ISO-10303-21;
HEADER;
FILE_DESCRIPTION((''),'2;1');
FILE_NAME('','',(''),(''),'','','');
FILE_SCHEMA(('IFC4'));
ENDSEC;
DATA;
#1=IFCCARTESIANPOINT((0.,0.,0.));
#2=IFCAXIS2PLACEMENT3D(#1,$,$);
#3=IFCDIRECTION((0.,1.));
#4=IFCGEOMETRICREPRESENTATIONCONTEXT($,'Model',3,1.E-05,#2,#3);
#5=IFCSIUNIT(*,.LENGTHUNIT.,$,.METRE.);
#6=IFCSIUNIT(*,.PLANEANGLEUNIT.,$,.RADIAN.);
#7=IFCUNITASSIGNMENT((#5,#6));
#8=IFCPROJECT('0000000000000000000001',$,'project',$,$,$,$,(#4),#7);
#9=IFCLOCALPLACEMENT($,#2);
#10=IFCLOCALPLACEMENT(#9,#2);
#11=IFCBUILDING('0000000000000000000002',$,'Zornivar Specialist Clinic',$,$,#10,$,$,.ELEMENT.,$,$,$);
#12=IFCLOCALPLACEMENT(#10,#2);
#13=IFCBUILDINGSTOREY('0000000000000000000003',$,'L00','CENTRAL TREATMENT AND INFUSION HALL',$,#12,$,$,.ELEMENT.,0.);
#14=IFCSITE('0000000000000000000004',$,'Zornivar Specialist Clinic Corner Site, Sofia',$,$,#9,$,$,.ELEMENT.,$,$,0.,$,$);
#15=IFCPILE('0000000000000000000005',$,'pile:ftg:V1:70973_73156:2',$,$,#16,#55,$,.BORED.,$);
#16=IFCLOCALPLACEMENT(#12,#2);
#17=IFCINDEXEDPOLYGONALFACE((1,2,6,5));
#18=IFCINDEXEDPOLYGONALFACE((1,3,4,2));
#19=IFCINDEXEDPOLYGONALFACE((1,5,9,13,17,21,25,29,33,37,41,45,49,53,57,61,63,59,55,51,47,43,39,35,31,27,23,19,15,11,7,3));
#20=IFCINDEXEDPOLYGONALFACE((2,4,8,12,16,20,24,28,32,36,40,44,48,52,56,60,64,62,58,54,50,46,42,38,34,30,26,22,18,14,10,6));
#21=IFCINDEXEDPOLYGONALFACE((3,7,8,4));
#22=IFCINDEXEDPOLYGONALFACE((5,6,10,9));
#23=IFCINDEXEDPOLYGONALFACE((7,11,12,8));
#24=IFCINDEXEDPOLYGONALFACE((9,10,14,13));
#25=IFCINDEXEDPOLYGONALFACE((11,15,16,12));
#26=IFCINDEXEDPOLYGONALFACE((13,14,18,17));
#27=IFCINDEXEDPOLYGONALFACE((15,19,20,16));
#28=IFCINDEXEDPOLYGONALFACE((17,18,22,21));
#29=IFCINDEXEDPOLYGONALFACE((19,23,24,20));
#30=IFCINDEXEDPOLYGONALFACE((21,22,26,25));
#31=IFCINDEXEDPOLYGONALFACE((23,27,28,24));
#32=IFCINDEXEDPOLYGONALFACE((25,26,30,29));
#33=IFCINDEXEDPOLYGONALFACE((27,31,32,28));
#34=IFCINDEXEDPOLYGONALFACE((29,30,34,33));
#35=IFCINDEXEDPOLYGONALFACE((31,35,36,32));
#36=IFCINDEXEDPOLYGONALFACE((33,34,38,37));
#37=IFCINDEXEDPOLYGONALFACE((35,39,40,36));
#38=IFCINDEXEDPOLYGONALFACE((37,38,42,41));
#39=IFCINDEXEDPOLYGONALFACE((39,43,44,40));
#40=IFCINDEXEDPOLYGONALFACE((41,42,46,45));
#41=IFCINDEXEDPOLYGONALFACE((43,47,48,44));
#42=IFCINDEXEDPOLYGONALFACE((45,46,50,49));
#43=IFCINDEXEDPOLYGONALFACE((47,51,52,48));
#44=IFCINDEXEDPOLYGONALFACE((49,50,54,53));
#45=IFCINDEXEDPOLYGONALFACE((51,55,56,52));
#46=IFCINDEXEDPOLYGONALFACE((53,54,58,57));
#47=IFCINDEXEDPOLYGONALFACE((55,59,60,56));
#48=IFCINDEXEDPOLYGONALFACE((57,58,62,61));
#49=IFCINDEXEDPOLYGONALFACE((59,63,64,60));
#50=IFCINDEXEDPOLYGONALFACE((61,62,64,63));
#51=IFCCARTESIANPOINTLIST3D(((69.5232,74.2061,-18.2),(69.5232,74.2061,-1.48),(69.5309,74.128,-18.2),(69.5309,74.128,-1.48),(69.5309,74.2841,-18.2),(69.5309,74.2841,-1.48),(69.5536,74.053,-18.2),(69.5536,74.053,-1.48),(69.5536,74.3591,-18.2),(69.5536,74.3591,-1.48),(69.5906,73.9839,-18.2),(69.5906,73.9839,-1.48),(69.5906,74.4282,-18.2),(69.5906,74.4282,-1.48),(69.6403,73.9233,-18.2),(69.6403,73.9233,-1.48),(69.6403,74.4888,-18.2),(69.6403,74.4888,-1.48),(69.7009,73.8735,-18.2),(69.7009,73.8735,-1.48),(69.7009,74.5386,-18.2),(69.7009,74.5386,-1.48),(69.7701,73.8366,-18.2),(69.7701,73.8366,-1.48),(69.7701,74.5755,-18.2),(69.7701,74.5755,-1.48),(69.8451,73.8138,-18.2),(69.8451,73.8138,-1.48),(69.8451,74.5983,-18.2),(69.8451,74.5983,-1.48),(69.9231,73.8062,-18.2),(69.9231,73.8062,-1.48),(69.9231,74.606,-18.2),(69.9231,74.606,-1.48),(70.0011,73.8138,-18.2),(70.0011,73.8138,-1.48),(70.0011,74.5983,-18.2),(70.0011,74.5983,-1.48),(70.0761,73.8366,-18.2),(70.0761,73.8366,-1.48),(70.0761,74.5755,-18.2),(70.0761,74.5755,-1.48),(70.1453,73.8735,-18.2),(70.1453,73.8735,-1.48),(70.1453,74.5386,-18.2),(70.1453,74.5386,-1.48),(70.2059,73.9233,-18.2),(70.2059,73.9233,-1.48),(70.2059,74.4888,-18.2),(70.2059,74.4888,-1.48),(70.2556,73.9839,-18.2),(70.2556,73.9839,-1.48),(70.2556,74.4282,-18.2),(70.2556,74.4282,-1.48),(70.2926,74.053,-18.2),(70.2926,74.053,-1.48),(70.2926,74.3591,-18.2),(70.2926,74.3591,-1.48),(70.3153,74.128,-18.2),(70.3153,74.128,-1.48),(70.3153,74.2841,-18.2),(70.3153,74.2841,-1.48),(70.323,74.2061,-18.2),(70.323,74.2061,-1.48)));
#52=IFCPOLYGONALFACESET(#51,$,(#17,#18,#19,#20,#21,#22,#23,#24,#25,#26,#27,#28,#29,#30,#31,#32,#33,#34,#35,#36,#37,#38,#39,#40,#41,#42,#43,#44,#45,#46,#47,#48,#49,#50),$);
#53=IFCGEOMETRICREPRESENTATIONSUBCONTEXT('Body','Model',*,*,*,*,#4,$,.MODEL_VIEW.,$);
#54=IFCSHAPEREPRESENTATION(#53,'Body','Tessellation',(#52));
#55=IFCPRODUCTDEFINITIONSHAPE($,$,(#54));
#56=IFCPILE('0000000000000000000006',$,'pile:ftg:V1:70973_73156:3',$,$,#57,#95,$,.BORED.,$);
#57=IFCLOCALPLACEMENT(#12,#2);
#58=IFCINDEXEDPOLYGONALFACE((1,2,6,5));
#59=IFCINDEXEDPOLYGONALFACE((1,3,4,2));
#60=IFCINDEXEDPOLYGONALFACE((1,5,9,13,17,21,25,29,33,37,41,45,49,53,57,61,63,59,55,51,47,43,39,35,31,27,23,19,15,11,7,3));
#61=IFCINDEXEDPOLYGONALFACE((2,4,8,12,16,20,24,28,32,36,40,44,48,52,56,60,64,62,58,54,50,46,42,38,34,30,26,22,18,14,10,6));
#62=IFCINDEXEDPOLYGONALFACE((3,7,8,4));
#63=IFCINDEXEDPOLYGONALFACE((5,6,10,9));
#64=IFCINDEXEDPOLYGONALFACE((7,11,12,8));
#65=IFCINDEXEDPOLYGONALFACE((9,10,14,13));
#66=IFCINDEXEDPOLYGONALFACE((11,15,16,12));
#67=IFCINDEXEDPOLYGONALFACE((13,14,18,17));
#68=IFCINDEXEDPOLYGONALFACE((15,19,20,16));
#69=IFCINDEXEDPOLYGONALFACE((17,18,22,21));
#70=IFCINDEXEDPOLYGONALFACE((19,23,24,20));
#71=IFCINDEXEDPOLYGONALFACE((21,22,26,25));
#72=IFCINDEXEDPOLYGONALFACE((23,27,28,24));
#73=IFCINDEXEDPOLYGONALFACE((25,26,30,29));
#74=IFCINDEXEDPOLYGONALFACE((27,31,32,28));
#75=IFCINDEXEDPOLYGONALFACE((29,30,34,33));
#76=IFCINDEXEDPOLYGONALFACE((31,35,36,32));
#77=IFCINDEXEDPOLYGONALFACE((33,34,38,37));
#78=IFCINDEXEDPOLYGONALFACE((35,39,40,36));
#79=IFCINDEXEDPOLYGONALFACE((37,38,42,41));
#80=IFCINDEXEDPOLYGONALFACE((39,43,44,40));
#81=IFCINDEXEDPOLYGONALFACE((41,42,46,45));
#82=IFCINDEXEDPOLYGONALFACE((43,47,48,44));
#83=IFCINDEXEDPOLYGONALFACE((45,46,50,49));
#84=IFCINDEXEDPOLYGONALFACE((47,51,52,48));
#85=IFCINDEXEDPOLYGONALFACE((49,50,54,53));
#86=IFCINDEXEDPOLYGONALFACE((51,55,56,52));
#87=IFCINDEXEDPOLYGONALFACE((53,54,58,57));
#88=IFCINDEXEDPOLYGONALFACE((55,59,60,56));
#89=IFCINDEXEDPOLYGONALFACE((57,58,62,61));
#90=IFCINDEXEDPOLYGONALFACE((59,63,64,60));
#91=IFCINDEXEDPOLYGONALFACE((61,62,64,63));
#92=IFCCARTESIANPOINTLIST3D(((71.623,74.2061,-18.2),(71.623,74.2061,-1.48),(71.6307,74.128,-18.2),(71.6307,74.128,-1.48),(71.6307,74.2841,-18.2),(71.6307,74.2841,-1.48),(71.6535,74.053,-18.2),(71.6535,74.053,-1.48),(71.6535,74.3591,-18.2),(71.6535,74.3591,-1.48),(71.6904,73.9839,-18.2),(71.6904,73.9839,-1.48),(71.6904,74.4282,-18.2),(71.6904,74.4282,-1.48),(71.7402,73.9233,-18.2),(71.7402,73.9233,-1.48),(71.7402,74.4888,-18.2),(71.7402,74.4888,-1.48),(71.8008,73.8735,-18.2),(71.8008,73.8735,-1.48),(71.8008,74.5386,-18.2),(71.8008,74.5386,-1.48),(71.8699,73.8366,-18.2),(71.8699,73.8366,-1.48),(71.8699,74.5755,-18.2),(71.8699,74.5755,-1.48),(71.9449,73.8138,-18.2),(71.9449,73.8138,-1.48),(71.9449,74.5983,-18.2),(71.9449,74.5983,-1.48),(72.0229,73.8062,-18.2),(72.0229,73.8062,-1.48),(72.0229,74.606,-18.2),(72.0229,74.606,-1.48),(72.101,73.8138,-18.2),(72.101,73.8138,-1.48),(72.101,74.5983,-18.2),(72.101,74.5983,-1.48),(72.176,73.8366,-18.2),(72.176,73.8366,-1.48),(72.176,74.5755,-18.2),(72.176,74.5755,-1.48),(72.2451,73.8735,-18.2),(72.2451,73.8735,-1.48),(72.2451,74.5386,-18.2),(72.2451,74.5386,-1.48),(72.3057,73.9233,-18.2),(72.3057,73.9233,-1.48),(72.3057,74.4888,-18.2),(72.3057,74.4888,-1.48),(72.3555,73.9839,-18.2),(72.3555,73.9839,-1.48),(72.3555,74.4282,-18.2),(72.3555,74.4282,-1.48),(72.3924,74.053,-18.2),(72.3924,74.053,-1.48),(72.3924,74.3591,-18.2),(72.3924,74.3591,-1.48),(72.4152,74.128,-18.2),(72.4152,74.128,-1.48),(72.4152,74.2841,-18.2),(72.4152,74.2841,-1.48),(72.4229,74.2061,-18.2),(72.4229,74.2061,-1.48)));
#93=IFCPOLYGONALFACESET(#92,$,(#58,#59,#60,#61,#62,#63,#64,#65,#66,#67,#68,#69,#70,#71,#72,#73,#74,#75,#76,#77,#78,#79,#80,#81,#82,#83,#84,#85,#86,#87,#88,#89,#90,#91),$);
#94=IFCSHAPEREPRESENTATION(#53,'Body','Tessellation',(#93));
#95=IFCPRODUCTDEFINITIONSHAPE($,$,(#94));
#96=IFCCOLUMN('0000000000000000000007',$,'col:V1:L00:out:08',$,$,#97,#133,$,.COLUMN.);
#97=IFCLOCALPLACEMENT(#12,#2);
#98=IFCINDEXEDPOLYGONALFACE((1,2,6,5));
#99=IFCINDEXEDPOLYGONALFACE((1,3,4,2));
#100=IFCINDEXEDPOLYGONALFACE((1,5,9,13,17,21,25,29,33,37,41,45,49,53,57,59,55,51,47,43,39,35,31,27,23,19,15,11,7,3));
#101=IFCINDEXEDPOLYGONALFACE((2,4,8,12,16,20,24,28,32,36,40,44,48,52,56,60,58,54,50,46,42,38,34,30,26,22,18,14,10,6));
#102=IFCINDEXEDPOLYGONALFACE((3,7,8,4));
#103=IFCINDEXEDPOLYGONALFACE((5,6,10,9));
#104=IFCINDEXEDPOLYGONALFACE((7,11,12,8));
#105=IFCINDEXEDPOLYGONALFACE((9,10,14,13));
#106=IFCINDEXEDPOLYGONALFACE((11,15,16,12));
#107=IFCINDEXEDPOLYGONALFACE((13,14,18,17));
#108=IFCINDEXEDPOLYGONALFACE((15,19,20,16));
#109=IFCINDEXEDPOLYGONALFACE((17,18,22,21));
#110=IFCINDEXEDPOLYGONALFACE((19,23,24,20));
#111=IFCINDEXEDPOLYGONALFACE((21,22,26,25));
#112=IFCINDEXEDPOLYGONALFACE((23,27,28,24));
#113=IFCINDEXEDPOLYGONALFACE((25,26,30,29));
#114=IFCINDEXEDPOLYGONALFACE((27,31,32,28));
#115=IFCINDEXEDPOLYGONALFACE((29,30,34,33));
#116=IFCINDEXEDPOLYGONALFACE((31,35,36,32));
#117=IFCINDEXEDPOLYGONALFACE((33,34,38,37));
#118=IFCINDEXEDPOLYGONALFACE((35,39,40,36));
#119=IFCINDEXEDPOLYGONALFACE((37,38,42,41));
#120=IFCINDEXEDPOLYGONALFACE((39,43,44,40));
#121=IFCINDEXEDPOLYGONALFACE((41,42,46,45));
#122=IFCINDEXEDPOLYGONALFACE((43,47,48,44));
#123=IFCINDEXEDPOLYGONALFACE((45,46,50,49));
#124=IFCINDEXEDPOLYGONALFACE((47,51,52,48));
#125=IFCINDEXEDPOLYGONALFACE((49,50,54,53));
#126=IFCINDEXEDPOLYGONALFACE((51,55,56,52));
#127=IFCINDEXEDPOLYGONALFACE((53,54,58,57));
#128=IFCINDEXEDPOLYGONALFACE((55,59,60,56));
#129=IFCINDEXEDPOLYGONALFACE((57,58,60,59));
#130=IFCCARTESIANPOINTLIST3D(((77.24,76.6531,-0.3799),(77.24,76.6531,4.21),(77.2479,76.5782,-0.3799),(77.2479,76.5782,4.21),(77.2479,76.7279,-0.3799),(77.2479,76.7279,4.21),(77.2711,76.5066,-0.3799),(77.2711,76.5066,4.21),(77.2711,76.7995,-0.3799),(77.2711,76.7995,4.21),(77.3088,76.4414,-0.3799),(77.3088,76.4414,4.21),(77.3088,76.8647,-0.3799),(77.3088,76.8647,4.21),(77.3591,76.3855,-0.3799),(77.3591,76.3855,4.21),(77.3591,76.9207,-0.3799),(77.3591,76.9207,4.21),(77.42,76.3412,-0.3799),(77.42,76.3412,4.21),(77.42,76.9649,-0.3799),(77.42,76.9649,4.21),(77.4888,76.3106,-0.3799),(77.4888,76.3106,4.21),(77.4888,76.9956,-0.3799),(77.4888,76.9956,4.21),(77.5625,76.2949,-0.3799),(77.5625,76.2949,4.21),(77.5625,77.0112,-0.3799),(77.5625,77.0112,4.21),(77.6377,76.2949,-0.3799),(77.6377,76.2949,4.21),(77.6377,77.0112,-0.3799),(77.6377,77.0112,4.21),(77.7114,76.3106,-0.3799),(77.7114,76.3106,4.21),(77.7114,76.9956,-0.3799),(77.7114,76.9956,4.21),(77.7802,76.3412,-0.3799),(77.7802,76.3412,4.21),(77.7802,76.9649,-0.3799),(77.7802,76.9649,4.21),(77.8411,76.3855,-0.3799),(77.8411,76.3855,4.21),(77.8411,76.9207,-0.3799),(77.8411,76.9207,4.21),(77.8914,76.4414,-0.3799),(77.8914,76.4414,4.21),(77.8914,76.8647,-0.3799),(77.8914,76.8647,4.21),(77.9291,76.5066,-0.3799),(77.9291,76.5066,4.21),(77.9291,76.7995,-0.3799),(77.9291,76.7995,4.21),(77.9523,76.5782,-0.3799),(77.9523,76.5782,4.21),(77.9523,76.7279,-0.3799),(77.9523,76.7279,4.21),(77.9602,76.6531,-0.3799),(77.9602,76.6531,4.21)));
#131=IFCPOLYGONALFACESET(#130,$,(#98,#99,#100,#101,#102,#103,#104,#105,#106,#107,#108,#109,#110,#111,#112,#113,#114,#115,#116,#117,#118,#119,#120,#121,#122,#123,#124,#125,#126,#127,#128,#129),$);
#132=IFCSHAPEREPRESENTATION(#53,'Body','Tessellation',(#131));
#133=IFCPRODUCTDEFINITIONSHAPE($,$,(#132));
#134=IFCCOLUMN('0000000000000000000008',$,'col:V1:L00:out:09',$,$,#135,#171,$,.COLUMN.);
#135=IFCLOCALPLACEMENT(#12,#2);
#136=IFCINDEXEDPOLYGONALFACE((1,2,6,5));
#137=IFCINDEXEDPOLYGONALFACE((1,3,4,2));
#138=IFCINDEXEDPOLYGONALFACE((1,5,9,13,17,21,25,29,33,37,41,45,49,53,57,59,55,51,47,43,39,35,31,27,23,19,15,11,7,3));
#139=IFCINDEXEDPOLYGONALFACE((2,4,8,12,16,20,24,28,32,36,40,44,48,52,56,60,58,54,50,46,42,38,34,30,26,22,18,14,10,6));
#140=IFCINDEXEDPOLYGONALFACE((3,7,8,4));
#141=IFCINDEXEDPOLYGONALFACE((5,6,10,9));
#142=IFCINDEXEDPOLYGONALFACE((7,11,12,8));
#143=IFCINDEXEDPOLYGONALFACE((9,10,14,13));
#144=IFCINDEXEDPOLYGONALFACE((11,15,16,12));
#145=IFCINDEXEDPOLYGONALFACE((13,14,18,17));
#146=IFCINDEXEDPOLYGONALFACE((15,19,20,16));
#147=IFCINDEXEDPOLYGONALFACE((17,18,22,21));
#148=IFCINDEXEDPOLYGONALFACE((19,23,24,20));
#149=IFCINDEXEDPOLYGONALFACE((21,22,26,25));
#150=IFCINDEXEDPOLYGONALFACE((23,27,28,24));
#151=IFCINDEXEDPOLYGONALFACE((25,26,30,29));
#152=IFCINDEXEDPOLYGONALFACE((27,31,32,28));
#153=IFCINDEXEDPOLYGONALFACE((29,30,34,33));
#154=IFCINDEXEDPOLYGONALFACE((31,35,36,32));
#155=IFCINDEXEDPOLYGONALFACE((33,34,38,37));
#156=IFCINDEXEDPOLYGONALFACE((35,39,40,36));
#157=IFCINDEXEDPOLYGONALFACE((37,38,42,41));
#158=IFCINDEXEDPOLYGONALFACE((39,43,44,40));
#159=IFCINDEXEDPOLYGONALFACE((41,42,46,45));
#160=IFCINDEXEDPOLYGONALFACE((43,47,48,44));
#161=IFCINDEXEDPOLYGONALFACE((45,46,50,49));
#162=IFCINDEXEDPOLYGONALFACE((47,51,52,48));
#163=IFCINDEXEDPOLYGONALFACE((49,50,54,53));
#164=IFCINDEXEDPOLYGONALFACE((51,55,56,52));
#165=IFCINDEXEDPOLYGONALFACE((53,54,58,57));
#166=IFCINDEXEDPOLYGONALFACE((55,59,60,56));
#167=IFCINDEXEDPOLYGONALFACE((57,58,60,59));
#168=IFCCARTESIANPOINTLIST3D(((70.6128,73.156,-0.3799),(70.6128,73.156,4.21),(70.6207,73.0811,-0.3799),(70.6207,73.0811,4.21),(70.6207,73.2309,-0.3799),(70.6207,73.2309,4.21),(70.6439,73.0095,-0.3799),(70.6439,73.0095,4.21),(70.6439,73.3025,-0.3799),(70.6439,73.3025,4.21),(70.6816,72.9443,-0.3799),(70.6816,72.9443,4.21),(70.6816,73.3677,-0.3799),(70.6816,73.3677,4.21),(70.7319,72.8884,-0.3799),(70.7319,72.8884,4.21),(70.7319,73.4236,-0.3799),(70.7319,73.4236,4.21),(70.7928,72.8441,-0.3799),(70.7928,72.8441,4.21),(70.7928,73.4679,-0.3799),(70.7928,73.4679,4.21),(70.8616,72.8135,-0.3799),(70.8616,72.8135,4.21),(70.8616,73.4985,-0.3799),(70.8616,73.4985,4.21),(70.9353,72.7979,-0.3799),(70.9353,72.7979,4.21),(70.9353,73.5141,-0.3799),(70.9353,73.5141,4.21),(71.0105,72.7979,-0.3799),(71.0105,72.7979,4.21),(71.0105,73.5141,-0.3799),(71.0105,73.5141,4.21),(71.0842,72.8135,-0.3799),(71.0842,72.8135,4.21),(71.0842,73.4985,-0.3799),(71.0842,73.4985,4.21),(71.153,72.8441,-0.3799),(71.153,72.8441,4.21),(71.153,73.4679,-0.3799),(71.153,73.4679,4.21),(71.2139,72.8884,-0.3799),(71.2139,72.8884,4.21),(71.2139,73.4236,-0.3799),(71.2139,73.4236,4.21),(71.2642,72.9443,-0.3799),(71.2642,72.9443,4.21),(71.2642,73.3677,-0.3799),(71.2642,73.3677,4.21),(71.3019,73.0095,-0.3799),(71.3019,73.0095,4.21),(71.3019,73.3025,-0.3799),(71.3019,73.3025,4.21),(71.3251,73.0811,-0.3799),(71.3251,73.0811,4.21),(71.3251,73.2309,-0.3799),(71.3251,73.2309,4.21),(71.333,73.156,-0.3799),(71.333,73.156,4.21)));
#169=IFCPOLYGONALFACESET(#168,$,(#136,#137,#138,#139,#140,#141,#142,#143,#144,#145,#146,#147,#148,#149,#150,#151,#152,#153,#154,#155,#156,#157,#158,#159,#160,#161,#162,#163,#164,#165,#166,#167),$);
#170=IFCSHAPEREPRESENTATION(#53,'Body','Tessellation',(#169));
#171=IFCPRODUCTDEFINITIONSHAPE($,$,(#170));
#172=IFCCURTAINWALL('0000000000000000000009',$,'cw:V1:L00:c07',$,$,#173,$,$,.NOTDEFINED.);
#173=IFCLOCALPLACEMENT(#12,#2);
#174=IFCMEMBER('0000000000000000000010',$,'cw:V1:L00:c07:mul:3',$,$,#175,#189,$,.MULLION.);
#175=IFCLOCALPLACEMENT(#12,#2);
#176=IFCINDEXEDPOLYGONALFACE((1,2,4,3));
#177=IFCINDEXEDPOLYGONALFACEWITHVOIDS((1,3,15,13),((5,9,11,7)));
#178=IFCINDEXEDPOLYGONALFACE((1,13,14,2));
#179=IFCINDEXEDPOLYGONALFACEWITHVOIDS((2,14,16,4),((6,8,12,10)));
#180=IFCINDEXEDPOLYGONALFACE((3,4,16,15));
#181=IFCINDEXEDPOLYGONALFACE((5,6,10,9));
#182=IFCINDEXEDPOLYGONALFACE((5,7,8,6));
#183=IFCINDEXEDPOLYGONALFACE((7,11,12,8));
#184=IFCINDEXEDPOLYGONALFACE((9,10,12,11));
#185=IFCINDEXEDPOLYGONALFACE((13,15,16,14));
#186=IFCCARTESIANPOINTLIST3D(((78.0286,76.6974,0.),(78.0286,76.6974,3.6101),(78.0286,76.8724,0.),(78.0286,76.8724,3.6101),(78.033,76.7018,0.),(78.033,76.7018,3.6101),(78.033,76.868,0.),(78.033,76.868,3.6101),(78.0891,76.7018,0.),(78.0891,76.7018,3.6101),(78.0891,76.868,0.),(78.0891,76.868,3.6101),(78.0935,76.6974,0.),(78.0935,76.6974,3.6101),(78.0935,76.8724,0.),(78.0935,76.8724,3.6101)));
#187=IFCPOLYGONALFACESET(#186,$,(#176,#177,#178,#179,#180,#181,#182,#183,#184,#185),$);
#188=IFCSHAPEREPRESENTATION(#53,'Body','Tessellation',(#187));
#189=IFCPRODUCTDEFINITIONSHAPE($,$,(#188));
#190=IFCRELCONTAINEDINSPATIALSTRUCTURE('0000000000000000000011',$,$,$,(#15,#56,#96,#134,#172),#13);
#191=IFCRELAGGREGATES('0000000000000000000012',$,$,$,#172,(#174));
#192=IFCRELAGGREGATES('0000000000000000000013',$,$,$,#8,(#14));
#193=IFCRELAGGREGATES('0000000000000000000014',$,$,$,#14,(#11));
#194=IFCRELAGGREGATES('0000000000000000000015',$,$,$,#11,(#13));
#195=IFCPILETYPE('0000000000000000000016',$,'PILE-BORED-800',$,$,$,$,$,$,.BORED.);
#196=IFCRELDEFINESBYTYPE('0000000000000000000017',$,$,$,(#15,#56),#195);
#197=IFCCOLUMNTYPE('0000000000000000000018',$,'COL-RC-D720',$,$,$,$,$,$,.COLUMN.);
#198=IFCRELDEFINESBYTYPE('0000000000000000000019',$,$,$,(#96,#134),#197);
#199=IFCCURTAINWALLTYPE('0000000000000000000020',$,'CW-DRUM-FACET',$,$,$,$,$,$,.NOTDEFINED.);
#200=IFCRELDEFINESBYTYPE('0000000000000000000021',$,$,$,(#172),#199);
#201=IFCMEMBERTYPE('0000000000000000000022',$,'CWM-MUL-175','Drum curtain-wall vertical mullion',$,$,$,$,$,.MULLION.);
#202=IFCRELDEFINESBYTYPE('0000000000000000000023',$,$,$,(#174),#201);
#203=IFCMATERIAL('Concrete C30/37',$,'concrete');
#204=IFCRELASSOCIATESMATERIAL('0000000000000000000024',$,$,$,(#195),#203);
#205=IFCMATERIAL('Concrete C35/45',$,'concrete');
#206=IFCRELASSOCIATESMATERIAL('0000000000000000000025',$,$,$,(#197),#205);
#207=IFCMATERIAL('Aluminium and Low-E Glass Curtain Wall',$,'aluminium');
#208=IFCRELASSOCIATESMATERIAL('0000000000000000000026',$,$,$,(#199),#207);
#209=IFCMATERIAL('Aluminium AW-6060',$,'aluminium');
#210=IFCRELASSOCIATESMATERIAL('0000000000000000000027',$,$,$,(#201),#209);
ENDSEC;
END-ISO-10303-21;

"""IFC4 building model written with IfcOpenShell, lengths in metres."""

from ifc_helpers import new_model, si_unit, direction, frame, origin, origin_2d, place, context, subcontext, project, spatial, hollow_rectangle, circle, extrude, material, material_profile, profile_set, type_object, element, aggregate, save


model = new_model("IFC4")

# Units and contexts
model_context = context("Model", 3, precision=1e-05, world=origin(), true_north=direction((0.0, 1.0)))
body_context = subcontext(model_context, "Body", "Model", "MODEL_VIEW")
ifc_project = project(units=[si_unit("LENGTHUNIT", "METRE"), si_unit("PLANEANGLEUNIT", "RADIAN")], contexts=[model_context])

# Site, building, storey
site_placement = place(None, origin())
site = spatial("IfcSite", under=ifc_project, at=site_placement, Name="Zornivar Specialist Clinic Corner Site, Sofia", CompositionType="ELEMENT", RefElevation=0.0)
building_placement = place(site_placement, origin())
building = spatial("IfcBuilding", under=site, at=building_placement, Name="Zornivar Specialist Clinic", CompositionType="ELEMENT")
storey_placement = place(building_placement, origin())
storey = spatial("IfcBuildingStorey", under=building, at=storey_placement, Name="L00", Description="CENTRAL TREATMENT AND INFUSION HALL", CompositionType="ELEMENT", Elevation=0.0)

# Piles
ifc_material_1 = material(Name="Concrete C30/37", Category="concrete")
ifc_material_profile_1 = material_profile(ifc_material_1, circle(Radius=0.3999, at=origin_2d()), Name="PILE D800")
ifc_profile_set_1 = profile_set([ifc_material_profile_1], Name="Concrete C30/37")
pile_type = type_object("IfcPileType", Name="PILE-BORED-800", PredefinedType="BORED", material=ifc_profile_set_1)
for number, where, z_axis, x_axis, name in (
    (1, (69.9231, 74.2061, -1.48), (0.0, 0.0, -1.0), (1.0, 0.0, 0.0), "pile:ftg:V1:70973_73156:2"),
    (2, (72.0229, 74.2061, -1.48), (0.0, 0.0, -1.0), (1.0, 0.0, 0.0), "pile:ftg:V1:70973_73156:3"),
):
    element("IfcPile", number, at=place(storey_placement, frame(where, z_axis=z_axis, x_axis=x_axis)), inside=storey, type_object=pile_type, Name=name, PredefinedType="BORED", context=body_context, shape_type="SweptSolid", body=[
        extrude(circle(Radius=0.3999, at=origin_2d()), origin(), (0.0, 0.0, 1.0), 16.72),
    ])

# Columns
ifc_material_2 = material(Name="Concrete C35/45", Category="concrete")
ifc_material_profile_2 = material_profile(ifc_material_2, circle(Radius=0.3601, at=origin_2d()), Name="RC D720")
ifc_profile_set_2 = profile_set([ifc_material_profile_2], Name="Concrete C35/45")
column_type = type_object("IfcColumnType", Name="COL-RC-D720", PredefinedType="COLUMN", material=ifc_profile_set_2)
for number, where, z_axis, x_axis, name in (
    (3, (77.6001, 76.6531, -0.3799), (0.0, 0.0, 1.0), (1.0, 0.0, 0.0), "col:V1:L00:out:08"),
    (4, (70.9729, 73.156, -0.3799), (0.0, 0.0, 1.0), (1.0, 0.0, 0.0), "col:V1:L00:out:09"),
):
    element("IfcColumn", number, at=place(storey_placement, frame(where, z_axis=z_axis, x_axis=x_axis)), inside=storey, type_object=column_type, Name=name, PredefinedType="COLUMN", context=body_context, shape_type="SweptSolid", body=[
        extrude(circle(Radius=0.3601, at=origin_2d()), origin(), (0.0, 0.0, 1.0), 4.5898),
    ])

# Curtain wall, member
ifc_material_3 = material(Name="Aluminium and Low-E Glass Curtain Wall", Category="aluminium")
curtain_wall_type = type_object("IfcCurtainWallType", Name="CW-DRUM-FACET", PredefinedType="NOTDEFINED", material=ifc_material_3)
curtain_wall_1_placement = place(storey_placement, origin())
curtain_wall_1 = element("IfcCurtainWall", 5, at=curtain_wall_1_placement, inside=storey, type_object=curtain_wall_type, Name="cw:V1:L00:c07", PredefinedType="NOTDEFINED")
ifc_material_4 = material(Name="Aluminium AW-6060", Category="aluminium")
ifc_material_profile_3 = material_profile(ifc_material_4, hollow_rectangle(XDim=0.0649, YDim=0.175, WallThickness=0.0044, at=origin_2d()), Name="ALU 65x175x4.5")
ifc_profile_set_3 = profile_set([ifc_material_profile_3], Name="Aluminium AW-6060")
member_type_1 = type_object("IfcMemberType", Name="CWM-MUL-175", Description="Drum curtain-wall vertical mullion", PredefinedType="MULLION", material=ifc_profile_set_3)
member_1_placement = place(storey_placement, frame((78.061, 76.7849, 0.0), z_axis=(0.0, 0.0, 1.0), x_axis=(1.0, 0.0, 0.0)))
member_1 = element("IfcMember", 6, at=member_1_placement, type_object=member_type_1, Name="cw:V1:L00:c07:mul:3", PredefinedType="MULLION", context=body_context, shape_type="SweptSolid", body=[
    extrude(hollow_rectangle(XDim=0.0649, YDim=0.175, WallThickness=0.0044, at=origin_2d()), origin(), (0.0, 0.0, 1.0), 3.6101),
])

aggregate(curtain_wall_1, [member_1])

save(model, "model.ifc")
